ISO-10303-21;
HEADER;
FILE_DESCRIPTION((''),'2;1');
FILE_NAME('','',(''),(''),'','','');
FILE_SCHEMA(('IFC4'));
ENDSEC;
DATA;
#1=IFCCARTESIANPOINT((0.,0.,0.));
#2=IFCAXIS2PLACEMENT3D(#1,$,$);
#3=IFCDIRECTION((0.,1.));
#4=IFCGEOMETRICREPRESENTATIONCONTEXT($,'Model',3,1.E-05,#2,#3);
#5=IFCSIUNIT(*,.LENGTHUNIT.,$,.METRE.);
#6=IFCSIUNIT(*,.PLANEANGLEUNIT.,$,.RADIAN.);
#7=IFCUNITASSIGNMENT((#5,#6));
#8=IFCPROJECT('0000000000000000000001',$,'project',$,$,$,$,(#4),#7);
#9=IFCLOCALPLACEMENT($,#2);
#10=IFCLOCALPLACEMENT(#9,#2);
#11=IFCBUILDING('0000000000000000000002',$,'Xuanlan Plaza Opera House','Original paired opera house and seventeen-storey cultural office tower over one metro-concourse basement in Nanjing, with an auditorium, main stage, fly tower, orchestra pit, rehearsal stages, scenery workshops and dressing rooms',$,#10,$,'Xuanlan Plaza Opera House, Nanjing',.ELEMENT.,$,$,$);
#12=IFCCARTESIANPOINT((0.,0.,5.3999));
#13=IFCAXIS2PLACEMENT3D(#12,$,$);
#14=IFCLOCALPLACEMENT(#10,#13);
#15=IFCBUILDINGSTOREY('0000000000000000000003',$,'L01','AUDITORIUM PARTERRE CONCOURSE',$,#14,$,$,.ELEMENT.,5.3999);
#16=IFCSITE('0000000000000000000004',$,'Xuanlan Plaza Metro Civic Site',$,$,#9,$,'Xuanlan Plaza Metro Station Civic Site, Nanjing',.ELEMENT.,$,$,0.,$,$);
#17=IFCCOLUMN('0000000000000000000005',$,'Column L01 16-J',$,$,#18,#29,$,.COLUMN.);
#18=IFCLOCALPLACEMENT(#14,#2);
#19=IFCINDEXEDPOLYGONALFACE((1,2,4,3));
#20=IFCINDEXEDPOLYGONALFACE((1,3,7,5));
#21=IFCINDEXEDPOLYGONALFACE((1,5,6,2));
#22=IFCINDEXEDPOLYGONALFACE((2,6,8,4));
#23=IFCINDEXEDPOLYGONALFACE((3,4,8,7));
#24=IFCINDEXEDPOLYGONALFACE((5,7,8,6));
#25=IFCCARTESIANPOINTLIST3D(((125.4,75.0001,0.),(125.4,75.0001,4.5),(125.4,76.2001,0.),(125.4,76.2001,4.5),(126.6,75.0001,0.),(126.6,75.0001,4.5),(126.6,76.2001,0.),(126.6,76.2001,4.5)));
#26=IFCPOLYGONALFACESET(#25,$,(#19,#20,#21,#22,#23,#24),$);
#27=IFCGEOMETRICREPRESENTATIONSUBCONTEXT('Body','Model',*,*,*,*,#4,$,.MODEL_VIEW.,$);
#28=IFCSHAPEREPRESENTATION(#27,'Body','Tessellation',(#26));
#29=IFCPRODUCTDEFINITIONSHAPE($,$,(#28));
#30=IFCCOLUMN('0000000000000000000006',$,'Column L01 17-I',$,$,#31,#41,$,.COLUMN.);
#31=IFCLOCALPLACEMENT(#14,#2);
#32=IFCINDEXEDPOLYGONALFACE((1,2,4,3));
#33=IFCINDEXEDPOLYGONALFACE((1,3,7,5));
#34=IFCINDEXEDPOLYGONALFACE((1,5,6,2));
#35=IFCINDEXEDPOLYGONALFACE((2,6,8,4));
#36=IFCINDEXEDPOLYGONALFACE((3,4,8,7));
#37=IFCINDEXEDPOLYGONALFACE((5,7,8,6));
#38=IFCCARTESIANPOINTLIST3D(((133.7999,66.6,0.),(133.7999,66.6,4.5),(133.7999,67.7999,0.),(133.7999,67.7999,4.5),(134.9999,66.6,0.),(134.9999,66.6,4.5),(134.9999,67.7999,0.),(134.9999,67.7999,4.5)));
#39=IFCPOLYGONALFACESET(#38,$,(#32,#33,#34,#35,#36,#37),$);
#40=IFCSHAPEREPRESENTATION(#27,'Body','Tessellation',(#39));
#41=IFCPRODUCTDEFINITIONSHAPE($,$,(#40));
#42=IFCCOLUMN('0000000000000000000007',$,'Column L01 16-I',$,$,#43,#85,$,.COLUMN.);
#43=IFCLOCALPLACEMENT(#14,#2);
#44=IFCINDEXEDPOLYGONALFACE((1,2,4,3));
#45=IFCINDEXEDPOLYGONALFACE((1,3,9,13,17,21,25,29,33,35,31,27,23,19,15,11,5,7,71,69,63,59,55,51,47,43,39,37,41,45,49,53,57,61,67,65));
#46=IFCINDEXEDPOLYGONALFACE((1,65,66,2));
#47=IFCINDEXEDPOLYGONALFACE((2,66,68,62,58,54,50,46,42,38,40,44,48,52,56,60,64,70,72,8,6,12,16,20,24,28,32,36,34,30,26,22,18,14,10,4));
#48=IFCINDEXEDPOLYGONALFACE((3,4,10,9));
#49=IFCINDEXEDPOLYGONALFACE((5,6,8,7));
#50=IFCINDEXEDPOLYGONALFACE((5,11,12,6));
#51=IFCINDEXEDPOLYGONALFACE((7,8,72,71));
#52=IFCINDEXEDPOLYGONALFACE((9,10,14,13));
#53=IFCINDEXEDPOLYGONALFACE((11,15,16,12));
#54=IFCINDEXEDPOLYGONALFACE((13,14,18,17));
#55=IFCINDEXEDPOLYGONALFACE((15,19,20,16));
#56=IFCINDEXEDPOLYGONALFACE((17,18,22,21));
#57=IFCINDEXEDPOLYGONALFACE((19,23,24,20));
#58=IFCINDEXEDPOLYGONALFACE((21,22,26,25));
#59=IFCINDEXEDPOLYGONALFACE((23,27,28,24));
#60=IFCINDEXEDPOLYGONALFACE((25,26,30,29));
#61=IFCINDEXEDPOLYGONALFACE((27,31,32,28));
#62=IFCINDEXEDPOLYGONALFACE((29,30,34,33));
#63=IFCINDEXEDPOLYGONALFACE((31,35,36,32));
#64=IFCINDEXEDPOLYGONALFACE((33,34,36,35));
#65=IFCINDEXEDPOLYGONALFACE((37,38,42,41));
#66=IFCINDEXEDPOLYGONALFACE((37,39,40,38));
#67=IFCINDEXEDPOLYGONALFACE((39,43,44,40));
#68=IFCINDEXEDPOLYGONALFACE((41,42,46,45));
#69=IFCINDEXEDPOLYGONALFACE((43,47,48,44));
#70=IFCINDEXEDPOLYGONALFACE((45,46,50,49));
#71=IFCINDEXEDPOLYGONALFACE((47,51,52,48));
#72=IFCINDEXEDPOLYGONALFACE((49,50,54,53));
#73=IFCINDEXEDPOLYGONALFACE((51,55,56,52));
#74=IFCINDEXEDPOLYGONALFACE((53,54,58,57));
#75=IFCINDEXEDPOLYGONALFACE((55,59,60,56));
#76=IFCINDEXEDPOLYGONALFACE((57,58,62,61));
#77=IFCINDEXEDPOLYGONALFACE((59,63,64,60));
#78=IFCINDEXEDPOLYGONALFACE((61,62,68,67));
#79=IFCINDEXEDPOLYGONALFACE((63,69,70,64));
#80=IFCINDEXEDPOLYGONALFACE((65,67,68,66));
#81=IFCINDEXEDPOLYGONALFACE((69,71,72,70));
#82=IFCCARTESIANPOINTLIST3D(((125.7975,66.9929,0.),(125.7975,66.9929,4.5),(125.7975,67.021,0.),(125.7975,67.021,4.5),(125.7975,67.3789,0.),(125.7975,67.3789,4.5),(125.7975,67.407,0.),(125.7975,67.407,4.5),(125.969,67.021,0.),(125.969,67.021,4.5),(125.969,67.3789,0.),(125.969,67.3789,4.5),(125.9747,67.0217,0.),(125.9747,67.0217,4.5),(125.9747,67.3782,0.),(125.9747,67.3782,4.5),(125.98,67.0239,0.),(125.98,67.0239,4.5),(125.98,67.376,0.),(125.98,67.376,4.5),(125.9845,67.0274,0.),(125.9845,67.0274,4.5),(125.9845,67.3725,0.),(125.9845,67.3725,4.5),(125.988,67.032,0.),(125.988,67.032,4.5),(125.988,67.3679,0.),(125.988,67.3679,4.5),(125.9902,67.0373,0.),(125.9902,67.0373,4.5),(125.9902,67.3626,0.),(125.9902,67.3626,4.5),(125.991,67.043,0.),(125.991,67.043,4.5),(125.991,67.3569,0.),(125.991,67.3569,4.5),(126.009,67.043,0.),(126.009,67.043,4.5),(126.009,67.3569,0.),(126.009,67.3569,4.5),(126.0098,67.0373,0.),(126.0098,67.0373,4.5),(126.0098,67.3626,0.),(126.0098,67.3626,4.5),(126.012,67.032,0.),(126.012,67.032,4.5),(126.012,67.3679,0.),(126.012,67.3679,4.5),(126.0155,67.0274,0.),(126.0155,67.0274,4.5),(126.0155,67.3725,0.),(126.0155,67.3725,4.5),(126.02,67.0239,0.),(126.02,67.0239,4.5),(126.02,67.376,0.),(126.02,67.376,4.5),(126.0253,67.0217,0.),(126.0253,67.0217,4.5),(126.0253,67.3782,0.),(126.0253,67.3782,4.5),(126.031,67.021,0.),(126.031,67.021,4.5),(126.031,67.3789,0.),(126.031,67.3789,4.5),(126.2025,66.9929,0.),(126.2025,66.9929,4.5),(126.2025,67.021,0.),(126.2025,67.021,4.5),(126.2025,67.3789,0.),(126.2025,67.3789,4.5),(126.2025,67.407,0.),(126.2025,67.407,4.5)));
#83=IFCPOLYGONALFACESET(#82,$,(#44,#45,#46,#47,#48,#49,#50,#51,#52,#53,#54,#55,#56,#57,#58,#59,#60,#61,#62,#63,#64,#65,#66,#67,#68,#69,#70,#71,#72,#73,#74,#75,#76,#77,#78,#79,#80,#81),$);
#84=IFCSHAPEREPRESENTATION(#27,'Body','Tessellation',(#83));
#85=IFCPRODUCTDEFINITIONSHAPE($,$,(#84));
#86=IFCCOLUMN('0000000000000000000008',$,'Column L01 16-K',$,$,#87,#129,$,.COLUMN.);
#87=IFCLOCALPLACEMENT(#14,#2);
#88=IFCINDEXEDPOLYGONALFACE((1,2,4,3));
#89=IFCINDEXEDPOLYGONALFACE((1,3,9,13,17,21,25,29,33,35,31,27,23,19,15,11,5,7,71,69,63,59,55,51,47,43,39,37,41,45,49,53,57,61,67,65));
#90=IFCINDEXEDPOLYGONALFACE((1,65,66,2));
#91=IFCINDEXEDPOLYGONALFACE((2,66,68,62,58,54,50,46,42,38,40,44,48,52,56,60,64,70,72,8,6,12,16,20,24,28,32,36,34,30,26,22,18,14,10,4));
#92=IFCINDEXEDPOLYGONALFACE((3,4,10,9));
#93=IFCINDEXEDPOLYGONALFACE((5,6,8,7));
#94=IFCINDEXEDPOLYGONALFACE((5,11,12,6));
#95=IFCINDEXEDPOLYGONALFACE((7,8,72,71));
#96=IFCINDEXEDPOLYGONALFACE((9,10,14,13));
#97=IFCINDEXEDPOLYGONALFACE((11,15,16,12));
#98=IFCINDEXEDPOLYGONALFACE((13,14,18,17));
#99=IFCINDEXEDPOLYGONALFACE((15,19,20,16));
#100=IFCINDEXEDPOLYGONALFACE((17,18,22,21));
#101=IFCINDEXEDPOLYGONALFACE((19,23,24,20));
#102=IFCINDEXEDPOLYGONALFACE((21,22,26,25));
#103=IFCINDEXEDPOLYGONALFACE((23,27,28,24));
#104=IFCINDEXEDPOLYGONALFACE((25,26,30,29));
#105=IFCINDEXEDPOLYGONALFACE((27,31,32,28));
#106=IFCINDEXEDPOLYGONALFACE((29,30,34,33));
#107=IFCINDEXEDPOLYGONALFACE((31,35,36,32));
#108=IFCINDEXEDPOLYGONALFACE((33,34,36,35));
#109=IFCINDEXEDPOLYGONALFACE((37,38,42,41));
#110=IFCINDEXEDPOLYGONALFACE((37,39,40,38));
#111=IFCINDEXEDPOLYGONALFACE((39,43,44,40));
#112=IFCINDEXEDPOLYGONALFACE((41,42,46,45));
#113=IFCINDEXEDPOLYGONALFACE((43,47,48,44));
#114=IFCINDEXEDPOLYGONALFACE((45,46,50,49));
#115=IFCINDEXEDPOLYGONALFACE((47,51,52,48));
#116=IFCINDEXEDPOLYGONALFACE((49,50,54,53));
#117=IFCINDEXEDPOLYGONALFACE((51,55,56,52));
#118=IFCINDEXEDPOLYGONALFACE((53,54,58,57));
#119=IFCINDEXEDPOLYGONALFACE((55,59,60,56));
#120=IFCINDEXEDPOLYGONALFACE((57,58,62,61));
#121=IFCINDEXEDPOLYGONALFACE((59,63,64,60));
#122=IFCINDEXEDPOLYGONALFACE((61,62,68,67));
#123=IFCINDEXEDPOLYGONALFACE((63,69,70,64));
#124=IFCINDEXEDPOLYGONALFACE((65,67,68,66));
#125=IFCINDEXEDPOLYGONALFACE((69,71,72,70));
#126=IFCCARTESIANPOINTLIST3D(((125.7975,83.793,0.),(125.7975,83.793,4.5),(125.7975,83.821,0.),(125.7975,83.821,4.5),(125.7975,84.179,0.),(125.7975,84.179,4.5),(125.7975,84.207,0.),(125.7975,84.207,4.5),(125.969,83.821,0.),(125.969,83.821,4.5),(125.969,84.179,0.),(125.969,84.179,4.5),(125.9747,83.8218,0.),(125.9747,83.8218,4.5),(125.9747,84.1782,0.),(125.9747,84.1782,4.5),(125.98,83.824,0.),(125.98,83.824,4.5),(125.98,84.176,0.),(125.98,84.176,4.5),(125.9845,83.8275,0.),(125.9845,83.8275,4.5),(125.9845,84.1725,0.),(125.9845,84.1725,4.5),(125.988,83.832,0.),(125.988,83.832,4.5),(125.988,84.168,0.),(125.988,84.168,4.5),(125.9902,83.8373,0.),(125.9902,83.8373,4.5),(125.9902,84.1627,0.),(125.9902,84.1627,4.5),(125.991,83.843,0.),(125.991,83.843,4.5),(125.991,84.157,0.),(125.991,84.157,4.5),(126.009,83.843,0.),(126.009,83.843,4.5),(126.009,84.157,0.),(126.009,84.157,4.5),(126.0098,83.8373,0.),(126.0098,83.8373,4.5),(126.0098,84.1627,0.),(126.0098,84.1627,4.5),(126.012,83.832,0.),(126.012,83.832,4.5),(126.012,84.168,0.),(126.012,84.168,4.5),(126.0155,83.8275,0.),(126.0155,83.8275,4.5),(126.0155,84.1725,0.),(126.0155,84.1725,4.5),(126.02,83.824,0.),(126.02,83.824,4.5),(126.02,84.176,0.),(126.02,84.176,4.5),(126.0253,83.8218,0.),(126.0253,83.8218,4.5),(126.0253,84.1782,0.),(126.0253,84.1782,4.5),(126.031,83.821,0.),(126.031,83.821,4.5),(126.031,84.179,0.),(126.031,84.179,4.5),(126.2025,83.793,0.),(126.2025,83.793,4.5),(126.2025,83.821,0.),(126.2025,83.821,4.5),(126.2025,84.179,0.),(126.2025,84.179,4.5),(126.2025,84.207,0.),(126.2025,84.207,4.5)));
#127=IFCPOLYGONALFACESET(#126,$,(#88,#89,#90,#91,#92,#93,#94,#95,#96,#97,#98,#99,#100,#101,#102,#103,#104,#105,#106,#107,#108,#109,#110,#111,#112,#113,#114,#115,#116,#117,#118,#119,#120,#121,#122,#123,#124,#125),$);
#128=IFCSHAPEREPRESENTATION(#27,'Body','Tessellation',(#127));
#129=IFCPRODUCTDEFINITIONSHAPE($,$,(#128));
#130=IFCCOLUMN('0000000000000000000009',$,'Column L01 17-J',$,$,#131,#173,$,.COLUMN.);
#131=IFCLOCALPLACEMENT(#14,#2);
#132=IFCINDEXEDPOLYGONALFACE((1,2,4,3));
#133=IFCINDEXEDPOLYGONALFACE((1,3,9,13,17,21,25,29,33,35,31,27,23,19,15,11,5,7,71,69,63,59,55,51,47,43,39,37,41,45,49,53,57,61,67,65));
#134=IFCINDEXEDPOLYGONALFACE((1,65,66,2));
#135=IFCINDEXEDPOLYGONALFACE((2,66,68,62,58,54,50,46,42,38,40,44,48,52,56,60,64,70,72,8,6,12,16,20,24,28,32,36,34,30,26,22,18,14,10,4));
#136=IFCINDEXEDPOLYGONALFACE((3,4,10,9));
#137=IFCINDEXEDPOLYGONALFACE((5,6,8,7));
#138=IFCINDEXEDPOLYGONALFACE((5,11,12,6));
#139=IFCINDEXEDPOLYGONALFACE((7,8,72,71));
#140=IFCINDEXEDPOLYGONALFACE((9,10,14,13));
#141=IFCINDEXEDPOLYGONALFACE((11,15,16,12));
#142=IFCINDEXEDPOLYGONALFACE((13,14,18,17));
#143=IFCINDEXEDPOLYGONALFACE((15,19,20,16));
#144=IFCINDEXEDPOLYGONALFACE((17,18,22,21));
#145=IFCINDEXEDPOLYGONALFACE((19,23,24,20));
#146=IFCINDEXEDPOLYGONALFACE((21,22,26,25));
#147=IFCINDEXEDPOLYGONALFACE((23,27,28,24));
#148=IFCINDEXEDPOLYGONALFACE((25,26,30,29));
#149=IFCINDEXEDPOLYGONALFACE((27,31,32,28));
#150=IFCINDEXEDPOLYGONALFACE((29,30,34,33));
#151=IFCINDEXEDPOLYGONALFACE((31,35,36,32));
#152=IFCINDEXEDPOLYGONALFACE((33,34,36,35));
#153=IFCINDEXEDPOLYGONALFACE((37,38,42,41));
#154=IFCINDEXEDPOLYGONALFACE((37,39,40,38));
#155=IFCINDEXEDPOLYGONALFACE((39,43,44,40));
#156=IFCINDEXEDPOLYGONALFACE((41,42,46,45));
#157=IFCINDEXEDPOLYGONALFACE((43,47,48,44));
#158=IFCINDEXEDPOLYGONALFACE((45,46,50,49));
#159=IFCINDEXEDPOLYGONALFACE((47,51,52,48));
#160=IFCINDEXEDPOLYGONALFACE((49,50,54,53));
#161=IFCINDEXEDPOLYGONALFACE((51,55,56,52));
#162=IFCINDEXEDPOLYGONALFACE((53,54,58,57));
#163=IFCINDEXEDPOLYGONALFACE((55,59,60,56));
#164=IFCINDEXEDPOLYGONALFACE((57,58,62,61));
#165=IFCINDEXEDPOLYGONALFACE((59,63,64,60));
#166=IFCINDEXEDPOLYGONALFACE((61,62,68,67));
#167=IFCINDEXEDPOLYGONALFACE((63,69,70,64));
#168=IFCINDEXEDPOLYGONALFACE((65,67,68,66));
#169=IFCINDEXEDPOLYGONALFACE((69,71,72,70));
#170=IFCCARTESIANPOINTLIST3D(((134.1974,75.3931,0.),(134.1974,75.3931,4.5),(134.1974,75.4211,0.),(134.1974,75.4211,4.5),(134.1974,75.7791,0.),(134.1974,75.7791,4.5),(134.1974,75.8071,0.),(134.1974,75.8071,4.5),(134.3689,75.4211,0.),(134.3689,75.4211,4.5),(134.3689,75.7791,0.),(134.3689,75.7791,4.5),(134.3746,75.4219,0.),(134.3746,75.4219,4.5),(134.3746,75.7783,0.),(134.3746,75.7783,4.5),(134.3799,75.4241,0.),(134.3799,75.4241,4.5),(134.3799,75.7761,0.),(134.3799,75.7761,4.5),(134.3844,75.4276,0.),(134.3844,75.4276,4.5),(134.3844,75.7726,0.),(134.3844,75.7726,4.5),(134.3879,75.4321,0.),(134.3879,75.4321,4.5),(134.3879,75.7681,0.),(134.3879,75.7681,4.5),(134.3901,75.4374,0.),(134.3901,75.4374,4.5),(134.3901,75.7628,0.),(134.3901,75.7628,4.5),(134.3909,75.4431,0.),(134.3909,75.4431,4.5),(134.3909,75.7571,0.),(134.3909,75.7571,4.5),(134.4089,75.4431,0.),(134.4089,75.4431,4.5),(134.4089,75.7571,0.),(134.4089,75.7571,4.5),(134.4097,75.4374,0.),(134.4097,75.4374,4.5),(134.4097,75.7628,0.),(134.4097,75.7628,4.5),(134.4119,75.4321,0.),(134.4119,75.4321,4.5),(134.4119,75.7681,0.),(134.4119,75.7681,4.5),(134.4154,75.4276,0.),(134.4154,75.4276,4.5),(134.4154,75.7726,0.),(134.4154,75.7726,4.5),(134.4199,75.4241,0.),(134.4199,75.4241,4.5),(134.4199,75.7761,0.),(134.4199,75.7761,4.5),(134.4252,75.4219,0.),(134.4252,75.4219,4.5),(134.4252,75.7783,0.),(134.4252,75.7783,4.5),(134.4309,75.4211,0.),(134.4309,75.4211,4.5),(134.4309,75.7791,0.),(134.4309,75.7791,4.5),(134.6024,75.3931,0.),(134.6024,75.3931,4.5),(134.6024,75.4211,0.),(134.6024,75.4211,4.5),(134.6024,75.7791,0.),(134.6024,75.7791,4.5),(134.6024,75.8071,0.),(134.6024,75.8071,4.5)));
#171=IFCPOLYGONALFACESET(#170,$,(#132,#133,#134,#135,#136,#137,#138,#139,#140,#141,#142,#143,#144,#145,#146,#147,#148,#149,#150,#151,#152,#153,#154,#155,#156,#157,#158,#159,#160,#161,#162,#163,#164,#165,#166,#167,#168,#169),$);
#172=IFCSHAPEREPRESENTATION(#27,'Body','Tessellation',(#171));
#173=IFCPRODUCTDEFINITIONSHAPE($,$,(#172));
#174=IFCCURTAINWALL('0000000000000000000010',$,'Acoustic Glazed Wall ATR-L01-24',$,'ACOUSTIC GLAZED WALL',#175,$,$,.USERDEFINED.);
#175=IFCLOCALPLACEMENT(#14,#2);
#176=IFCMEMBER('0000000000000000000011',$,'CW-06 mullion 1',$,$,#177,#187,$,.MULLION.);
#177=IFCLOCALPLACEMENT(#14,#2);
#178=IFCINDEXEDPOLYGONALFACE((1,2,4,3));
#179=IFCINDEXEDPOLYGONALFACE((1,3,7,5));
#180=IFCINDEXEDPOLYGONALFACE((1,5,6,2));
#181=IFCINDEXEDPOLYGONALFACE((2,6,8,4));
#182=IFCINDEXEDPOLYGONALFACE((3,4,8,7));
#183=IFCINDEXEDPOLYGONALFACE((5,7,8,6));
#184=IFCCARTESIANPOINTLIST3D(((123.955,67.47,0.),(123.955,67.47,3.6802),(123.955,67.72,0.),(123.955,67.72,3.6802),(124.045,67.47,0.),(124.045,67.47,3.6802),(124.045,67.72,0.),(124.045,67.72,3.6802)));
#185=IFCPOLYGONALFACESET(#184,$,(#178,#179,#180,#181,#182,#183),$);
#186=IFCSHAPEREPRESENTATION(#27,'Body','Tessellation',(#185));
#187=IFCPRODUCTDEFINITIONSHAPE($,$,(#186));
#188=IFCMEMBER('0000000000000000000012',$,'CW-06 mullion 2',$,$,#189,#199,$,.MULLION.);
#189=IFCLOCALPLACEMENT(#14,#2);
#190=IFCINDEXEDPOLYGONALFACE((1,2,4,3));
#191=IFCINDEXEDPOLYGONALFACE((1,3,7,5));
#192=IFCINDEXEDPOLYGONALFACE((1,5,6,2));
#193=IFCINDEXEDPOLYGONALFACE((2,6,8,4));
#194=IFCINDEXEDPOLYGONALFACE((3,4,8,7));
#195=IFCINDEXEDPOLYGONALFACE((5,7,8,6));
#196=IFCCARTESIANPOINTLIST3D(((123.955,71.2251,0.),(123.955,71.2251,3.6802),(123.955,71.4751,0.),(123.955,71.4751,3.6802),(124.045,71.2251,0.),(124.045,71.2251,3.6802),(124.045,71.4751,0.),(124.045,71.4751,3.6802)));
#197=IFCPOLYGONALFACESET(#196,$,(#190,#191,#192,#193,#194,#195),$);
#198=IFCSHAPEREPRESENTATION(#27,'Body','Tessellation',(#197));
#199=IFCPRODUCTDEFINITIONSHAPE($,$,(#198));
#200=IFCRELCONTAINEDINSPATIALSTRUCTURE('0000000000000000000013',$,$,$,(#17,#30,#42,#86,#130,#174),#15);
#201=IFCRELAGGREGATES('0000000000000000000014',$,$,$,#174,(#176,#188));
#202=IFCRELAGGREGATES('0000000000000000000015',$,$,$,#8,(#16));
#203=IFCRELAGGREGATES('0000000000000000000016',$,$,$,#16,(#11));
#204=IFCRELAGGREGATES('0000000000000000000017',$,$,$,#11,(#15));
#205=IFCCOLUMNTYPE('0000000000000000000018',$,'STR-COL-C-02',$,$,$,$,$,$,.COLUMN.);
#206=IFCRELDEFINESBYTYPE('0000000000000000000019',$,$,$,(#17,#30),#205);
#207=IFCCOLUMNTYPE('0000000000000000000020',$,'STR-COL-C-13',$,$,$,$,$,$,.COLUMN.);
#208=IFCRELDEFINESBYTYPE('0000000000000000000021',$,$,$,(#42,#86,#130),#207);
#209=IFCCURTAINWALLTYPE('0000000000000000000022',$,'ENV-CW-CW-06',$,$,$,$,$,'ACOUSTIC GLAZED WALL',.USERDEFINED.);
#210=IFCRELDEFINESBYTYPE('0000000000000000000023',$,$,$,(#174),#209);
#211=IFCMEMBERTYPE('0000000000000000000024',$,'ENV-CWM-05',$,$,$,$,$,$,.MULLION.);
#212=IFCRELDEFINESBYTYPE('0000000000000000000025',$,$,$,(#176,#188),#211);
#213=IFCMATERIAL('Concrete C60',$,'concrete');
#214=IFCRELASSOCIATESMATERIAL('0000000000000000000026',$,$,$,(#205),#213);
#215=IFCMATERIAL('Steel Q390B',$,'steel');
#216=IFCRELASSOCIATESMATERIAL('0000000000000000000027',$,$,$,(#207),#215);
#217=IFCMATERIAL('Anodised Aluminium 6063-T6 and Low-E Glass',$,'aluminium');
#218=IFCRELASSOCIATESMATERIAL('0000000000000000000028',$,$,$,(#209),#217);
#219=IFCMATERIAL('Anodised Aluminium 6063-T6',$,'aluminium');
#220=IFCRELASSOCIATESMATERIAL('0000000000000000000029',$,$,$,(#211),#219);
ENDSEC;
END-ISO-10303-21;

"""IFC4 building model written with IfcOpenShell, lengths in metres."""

from ifc_helpers import new_model, si_unit, direction, frame, origin, origin_2d, place, context, subcontext, project, spatial, rectangle, i_section, extrude, material, material_profile, profile_set, type_object, element, aggregate, save


model = new_model("IFC4")

# Units and contexts
model_context = context("Model", 3, precision=1e-05, world=origin(), true_north=direction((0.0, 1.0)))
body_context = subcontext(model_context, "Body", "Model", "MODEL_VIEW")
ifc_project = project(units=[si_unit("LENGTHUNIT", "METRE"), si_unit("PLANEANGLEUNIT", "RADIAN")], contexts=[model_context])

# Site, building, storey
site_placement = place(None, origin())
site = spatial("IfcSite", under=ifc_project, at=site_placement, Name="Xuanlan Plaza Metro Civic Site", LongName="Xuanlan Plaza Metro Station Civic Site, Nanjing", CompositionType="ELEMENT", RefElevation=0.0)
building_placement = place(site_placement, origin())
building = spatial("IfcBuilding", under=site, at=building_placement, Name="Xuanlan Plaza Opera House", Description="Original paired opera house and seventeen-storey cultural office tower over one metro-concourse basement in Nanjing, with an auditorium, main stage, fly tower, orchestra pit, rehearsal stages, scenery workshops and dressing rooms", LongName="Xuanlan Plaza Opera House, Nanjing", CompositionType="ELEMENT")
storey_placement = place(building_placement, frame((0.0, 0.0, 5.3999)))
storey = spatial("IfcBuildingStorey", under=building, at=storey_placement, Name="L01", Description="AUDITORIUM PARTERRE CONCOURSE", CompositionType="ELEMENT", Elevation=5.3999)

# Columns
ifc_material_1 = material(Name="Concrete C60", Category="concrete")
ifc_material_profile_1 = material_profile(ifc_material_1, rectangle(XDim=1.2, YDim=1.2, at=origin_2d()), Name="RC-COL 1200x1200")
ifc_profile_set_1 = profile_set([ifc_material_profile_1], Name="Concrete C60")
column_type_1 = type_object("IfcColumnType", Name="STR-COL-C-02", PredefinedType="COLUMN", material=ifc_profile_set_1)
for number, where, z_axis, x_axis, name in (
    (1, (126.0, 75.6001, 0.0), (0.0, 0.0, 1.0), (1.0, 0.0, 0.0), "Column L01 16-J"),
    (2, (134.3999, 67.2, 0.0), (0.0, 0.0, 1.0), (1.0, 0.0, 0.0), "Column L01 17-I"),
):
    element("IfcColumn", number, at=place(storey_placement, frame(where, z_axis=z_axis, x_axis=x_axis)), inside=storey, type_object=column_type_1, Name=name, PredefinedType="COLUMN", context=body_context, shape_type="SweptSolid", body=[
        extrude(rectangle(XDim=1.2, YDim=1.2, at=origin_2d()), origin(), (0.0, 0.0, 1.0), 4.5),
    ])
ifc_material_2 = material(Name="Steel Q390B", Category="steel")
ifc_material_profile_2 = material_profile(ifc_material_2, i_section(OverallWidth=0.405, OverallDepth=0.4141, WebThickness=0.0181, FlangeThickness=0.0281, FilletRadius=0.022, at=origin_2d()), Name="HW 414x405x18x28")
ifc_profile_set_2 = profile_set([ifc_material_profile_2], Name="Steel Q390B")
column_type_2 = type_object("IfcColumnType", Name="STR-COL-C-13", PredefinedType="COLUMN", material=ifc_profile_set_2)
for number, where, z_axis, x_axis, name in (
    (3, (126.0, 67.2, 0.0), (0.0, 0.0, 1.0), (1.0, 0.0, 0.0), "Column L01 16-I"),
    (4, (126.0, 84.0, 0.0), (0.0, 0.0, 1.0), (1.0, 0.0, 0.0), "Column L01 16-K"),
    (5, (134.3999, 75.6001, 0.0), (0.0, 0.0, 1.0), (1.0, 0.0, 0.0), "Column L01 17-J"),
):
    element("IfcColumn", number, at=place(storey_placement, frame(where, z_axis=z_axis, x_axis=x_axis)), inside=storey, type_object=column_type_2, Name=name, PredefinedType="COLUMN", context=body_context, shape_type="SweptSolid", body=[
        extrude(i_section(OverallWidth=0.405, OverallDepth=0.4141, WebThickness=0.0181, FlangeThickness=0.0281, FilletRadius=0.022, at=origin_2d()), origin(), (0.0, 0.0, 1.0), 4.5),
    ])

# Curtain wall, members
ifc_material_3 = material(Name="Anodised Aluminium 6063-T6 and Low-E Glass", Category="aluminium")
curtain_wall_type = type_object("IfcCurtainWallType", Name="ENV-CW-CW-06", ElementType="ACOUSTIC GLAZED WALL", PredefinedType="USERDEFINED", material=ifc_material_3)
curtain_wall_placement = place(storey_placement, origin())
curtain_wall = element("IfcCurtainWall", 6, at=curtain_wall_placement, inside=storey, type_object=curtain_wall_type, Name="Acoustic Glazed Wall ATR-L01-24", ObjectType="ACOUSTIC GLAZED WALL", PredefinedType="USERDEFINED")
ifc_material_4 = material(Name="Anodised Aluminium 6063-T6", Category="aluminium")
ifc_material_profile_3 = material_profile(ifc_material_4, rectangle(XDim=0.0901, YDim=0.25, at=origin_2d()), Name="ALU-M 90x250")
ifc_profile_set_3 = profile_set([ifc_material_profile_3], Name="Anodised Aluminium 6063-T6")
member_type_1 = type_object("IfcMemberType", Name="ENV-CWM-05", PredefinedType="MULLION", material=ifc_profile_set_3)
member_1_placement = place(storey_placement, frame((124.0, 67.595, 0.0), z_axis=(0.0, 0.0, 1.0), x_axis=(-1.0, 0.0, 0.0)))
member_1 = element("IfcMember", 7, at=member_1_placement, type_object=member_type_1, Name="CW-06 mullion 1", PredefinedType="MULLION", context=body_context, shape_type="SweptSolid", body=[
    extrude(rectangle(XDim=0.0901, YDim=0.25, at=origin_2d()), origin(), (0.0, 0.0, 1.0), 3.6802),
])
member_2_placement = place(storey_placement, frame((124.0, 71.3501, 0.0), z_axis=(0.0, 0.0, 1.0), x_axis=(-1.0, 0.0, 0.0)))
member_2 = element("IfcMember", 8, at=member_2_placement, type_object=member_type_1, Name="CW-06 mullion 2", PredefinedType="MULLION", context=body_context, shape_type="SweptSolid", body=[
    extrude(rectangle(XDim=0.0901, YDim=0.25, at=origin_2d()), origin(), (0.0, 0.0, 1.0), 3.6802),
])

aggregate(curtain_wall, [member_1, member_2])

save(model, "model.ifc")
